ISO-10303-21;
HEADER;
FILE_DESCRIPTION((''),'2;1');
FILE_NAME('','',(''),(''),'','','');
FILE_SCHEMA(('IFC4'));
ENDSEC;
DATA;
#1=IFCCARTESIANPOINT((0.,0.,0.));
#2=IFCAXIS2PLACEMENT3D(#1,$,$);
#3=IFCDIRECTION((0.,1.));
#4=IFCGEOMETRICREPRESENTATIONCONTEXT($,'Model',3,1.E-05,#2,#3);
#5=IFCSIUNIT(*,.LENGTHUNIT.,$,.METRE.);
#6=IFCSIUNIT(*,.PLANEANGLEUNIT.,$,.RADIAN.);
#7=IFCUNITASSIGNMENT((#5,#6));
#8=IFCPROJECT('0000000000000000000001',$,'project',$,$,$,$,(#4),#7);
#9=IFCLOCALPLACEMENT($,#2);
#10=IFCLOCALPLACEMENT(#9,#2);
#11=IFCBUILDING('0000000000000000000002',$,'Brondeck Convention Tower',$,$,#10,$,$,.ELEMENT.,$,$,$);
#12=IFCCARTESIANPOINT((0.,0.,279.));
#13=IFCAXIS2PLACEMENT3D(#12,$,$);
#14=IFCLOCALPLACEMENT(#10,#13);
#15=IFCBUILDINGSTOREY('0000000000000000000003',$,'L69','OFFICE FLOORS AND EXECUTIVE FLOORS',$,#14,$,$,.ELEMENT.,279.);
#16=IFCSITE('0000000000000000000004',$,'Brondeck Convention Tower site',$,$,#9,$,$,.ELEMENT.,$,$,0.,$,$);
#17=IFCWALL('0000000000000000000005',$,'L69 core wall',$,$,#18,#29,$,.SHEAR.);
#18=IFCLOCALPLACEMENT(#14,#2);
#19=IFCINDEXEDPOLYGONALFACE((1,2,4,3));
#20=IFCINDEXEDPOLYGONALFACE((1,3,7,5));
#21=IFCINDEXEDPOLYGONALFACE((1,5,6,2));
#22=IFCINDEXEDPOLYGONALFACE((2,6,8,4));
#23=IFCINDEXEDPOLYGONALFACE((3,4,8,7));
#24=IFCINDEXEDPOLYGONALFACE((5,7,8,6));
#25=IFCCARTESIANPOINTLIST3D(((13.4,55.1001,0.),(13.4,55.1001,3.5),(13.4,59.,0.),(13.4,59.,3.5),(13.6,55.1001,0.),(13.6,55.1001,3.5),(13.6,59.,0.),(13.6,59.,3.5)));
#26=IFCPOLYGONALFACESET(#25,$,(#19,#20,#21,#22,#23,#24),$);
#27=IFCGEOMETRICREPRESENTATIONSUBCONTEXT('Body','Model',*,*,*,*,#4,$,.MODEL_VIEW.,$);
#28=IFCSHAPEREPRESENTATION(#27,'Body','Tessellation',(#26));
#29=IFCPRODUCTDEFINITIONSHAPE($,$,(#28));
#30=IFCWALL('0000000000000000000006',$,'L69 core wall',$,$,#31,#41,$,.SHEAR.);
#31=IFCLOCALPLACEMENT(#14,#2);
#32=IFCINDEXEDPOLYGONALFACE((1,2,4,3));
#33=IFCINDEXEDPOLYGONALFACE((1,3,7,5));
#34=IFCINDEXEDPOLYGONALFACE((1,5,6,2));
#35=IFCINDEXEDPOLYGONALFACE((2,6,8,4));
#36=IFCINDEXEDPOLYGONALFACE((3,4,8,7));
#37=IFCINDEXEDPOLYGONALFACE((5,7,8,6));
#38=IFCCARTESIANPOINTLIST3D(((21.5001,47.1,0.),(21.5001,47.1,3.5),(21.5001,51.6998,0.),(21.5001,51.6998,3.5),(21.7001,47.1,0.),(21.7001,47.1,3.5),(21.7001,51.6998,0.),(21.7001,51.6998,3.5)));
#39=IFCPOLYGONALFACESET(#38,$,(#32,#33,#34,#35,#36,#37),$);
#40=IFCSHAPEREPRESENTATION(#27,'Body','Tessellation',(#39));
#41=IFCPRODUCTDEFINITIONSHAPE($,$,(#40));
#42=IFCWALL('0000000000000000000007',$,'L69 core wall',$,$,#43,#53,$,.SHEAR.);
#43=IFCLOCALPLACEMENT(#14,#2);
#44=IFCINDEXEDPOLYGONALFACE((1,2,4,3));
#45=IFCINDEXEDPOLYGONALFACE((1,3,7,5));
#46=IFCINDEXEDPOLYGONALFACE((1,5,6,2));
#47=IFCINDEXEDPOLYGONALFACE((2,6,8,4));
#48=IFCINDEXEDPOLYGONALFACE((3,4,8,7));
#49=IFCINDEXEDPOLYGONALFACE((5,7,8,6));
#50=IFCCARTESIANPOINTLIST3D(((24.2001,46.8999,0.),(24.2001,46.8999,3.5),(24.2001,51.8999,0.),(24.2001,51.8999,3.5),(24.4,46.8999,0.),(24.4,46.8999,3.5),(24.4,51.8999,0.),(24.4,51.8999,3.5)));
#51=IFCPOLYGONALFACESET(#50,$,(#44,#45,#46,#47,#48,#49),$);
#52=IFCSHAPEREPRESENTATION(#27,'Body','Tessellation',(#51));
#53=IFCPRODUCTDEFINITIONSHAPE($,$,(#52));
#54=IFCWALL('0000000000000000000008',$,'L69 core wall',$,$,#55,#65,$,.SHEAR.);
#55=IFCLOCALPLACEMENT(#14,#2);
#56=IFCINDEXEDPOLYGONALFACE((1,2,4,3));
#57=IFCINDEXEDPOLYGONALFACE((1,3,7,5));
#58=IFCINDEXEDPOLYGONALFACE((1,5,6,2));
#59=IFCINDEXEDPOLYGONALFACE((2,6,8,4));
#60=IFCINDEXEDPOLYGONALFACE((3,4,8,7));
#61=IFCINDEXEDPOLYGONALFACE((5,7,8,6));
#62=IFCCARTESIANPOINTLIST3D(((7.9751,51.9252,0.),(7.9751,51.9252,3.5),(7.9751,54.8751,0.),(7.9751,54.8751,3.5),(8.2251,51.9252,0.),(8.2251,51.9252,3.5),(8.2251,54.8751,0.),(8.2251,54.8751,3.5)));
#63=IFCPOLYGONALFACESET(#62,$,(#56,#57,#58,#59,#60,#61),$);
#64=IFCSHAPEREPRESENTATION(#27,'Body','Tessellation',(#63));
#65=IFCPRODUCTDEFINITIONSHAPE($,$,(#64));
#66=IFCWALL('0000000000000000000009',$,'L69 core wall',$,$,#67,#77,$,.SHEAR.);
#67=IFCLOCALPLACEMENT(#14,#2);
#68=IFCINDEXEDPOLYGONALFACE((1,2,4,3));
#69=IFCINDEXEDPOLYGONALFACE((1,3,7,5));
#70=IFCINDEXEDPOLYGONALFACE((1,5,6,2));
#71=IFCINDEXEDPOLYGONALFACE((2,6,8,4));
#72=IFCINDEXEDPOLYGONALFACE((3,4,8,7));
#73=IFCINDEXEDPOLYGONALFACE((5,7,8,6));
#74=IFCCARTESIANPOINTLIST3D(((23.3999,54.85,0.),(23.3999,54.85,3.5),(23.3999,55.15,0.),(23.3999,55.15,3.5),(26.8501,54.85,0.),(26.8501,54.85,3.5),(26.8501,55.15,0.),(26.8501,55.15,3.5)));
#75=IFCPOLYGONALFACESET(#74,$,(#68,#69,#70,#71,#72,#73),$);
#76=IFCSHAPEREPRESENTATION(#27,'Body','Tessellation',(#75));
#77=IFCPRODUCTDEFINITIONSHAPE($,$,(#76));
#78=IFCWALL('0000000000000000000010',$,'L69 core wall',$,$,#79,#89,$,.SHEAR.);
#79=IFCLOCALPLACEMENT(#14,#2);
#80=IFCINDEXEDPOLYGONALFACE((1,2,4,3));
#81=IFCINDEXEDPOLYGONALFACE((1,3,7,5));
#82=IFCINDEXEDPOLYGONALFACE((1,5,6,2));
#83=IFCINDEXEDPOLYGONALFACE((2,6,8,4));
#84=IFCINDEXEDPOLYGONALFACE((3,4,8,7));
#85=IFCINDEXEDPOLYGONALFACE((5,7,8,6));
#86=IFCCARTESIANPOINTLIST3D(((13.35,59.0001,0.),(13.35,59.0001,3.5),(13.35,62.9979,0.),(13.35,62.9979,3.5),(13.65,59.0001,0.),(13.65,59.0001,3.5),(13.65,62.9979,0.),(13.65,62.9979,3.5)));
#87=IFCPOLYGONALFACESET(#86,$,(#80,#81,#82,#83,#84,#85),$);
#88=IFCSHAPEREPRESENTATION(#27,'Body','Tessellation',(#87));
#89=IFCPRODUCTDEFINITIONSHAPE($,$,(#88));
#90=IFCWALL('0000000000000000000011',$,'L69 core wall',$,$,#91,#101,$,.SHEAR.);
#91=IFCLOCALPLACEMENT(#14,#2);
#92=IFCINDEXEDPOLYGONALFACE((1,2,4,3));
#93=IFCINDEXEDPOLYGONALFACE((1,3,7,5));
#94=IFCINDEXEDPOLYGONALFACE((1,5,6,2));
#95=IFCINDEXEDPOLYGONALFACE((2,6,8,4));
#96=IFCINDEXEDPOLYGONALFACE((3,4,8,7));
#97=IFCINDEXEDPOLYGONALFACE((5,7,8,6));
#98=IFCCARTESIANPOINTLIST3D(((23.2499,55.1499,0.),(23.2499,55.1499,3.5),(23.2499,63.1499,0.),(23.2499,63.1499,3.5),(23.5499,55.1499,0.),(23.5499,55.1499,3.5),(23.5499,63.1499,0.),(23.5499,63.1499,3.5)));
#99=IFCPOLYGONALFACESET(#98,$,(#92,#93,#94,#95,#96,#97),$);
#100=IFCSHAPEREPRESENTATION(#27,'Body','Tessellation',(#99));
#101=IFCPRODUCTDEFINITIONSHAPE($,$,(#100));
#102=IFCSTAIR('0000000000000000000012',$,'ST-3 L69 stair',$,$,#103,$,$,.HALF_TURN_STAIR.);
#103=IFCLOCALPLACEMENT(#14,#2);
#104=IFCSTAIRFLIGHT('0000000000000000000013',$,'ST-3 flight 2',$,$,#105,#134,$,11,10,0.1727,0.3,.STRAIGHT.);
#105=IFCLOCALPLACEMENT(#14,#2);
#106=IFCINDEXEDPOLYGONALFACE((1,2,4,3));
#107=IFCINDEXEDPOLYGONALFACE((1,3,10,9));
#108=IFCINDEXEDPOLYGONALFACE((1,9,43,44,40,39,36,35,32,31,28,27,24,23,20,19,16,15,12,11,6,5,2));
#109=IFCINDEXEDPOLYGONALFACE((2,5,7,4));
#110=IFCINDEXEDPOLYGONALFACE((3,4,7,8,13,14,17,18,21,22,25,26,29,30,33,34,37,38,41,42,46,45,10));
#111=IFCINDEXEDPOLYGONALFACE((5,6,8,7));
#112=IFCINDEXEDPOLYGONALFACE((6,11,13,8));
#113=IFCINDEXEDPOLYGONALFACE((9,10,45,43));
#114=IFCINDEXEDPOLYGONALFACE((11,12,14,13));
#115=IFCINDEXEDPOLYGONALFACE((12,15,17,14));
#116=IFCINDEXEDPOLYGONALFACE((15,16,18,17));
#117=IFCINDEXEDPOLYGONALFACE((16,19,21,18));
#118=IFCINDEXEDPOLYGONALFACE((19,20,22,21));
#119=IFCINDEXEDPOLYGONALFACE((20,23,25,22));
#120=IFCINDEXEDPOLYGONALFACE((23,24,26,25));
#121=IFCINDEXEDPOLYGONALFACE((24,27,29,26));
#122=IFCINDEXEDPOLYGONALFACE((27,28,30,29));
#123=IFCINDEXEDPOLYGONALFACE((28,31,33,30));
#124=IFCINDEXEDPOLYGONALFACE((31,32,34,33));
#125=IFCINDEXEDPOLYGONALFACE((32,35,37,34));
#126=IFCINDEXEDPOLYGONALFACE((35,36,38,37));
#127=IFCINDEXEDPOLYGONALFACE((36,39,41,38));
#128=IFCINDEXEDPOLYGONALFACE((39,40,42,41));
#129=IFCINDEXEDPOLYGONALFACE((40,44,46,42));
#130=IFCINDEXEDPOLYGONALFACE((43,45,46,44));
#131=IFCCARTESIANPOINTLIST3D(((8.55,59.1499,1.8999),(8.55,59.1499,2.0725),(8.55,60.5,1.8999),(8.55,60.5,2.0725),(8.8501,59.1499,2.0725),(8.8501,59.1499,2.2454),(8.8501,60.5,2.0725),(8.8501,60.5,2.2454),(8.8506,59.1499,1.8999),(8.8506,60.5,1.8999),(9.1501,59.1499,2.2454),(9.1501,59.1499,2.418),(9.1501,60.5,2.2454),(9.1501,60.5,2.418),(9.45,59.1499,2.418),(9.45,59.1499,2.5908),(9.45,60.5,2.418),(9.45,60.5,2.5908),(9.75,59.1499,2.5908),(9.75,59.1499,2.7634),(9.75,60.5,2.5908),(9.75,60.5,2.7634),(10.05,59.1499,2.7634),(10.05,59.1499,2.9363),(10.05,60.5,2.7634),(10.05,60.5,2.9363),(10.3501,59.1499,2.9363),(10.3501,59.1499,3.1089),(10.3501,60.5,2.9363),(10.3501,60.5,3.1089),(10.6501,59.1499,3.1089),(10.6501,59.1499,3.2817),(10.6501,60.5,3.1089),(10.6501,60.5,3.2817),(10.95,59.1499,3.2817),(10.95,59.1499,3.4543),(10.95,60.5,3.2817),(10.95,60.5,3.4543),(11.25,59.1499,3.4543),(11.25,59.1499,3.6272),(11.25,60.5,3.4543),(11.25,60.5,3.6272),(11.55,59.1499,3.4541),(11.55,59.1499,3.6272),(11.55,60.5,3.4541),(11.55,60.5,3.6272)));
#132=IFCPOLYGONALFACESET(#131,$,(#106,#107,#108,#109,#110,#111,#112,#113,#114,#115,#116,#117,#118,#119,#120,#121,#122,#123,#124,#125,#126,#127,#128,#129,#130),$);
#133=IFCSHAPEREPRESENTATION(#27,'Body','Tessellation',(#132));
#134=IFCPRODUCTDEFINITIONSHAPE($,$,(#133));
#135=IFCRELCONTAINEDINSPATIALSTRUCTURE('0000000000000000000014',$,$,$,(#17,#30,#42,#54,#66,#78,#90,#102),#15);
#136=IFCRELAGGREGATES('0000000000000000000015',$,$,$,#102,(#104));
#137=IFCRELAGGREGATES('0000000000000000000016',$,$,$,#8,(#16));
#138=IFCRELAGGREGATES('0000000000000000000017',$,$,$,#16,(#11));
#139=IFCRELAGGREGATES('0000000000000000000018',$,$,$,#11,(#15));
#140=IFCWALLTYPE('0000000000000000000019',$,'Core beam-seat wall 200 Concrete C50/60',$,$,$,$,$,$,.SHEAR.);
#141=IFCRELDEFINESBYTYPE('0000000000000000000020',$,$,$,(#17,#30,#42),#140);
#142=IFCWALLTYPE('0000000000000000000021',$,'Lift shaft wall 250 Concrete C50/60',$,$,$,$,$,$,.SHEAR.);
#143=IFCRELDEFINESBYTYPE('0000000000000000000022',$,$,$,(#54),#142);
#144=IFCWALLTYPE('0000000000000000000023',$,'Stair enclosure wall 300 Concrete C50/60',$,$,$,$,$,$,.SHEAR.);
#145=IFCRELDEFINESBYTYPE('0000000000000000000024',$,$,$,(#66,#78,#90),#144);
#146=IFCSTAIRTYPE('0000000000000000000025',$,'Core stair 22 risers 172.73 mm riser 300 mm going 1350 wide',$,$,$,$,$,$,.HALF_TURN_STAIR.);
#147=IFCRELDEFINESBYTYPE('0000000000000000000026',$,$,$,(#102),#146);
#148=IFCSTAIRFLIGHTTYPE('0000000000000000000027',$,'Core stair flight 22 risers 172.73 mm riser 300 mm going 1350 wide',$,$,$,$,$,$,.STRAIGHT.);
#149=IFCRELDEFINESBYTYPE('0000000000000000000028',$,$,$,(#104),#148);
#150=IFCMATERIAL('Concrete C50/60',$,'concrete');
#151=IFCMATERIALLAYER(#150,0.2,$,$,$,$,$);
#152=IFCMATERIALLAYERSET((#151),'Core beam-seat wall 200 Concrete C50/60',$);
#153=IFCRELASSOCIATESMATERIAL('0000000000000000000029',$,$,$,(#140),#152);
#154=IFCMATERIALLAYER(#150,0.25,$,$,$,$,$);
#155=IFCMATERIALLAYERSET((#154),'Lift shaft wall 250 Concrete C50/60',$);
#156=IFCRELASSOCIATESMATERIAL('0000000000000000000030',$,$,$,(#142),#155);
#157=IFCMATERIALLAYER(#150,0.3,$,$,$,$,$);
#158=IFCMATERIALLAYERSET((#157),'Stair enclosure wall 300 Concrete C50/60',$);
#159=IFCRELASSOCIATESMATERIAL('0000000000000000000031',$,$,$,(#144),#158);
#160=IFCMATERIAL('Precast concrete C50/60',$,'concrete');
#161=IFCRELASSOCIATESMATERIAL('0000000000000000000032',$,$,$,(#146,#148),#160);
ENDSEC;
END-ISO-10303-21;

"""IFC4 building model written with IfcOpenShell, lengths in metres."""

from ifc_helpers import new_model, si_unit, direction, frame, frame_2d, origin, place, context, subcontext, project, spatial, polyline, rectangle, outline, extrude, material, layer, layer_set, type_object, element, aggregate, save


model = new_model("IFC4")

# Units and contexts
model_context = context("Model", 3, precision=1e-05, world=origin(), true_north=direction((0.0, 1.0)))
body_context = subcontext(model_context, "Body", "Model", "MODEL_VIEW")
ifc_project = project(units=[si_unit("LENGTHUNIT", "METRE"), si_unit("PLANEANGLEUNIT", "RADIAN")], contexts=[model_context])

# Site, building, storey
site_placement = place(None, origin())
site = spatial("IfcSite", under=ifc_project, at=site_placement, Name="Brondeck Convention Tower site", CompositionType="ELEMENT", RefElevation=0.0)
building_placement = place(site_placement, origin())
building = spatial("IfcBuilding", under=site, at=building_placement, Name="Brondeck Convention Tower", CompositionType="ELEMENT")
storey_placement = place(building_placement, frame((0.0, 0.0, 279.0)))
storey = spatial("IfcBuildingStorey", under=building, at=storey_placement, Name="L69", Description="OFFICE FLOORS AND EXECUTIVE FLOORS", CompositionType="ELEMENT", Elevation=279.0)

# Shared definitions
ifc_material_1 = material(Name="Concrete C50/60", Category="concrete")

# Shared definitions
ifc_layer_1 = layer(ifc_material_1, 0.2)
ifc_layer_set_1 = layer_set([ifc_layer_1], Name="Core beam-seat wall 200 Concrete C50/60")
wall_type_1 = type_object("IfcWallType", Name="Core beam-seat wall 200 Concrete C50/60", PredefinedType="SHEAR", material=ifc_layer_set_1)

# Walls
wall_1_placement = place(storey_placement, frame((13.5, 55.1001, 0.0), z_axis=(0.0, 0.0, 1.0), x_axis=(0.0, 1.0, 0.0)))
element("IfcWall", 1, at=wall_1_placement, inside=storey, type_object=wall_type_1, Name="L69 core wall", PredefinedType="SHEAR", context=body_context, shape_type="SweptSolid", body=[
    extrude(rectangle(XDim=3.8999, YDim=0.2, at=frame_2d((1.95, 0.0))), origin(), (0.0, 0.0, 1.0), 3.5),
])
wall_2_placement = place(storey_placement, frame((21.6001, 47.1001, 0.0), z_axis=(0.0, 0.0, 1.0), x_axis=(0.0, 1.0, 0.0)))
element("IfcWall", 2, at=wall_2_placement, inside=storey, type_object=wall_type_1, Name="L69 core wall", PredefinedType="SHEAR", context=body_context, shape_type="SweptSolid", body=[
    extrude(rectangle(XDim=4.5999, YDim=0.2, at=frame_2d((2.2998, 0.0))), origin(), (0.0, 0.0, 1.0), 3.5),
])
wall_3_placement = place(storey_placement, frame((24.3, 46.8999, 0.0), z_axis=(0.0, 0.0, 1.0), x_axis=(0.0, 1.0, 0.0)))
element("IfcWall", 3, at=wall_3_placement, inside=storey, type_object=wall_type_1, Name="L69 core wall", PredefinedType="SHEAR", context=body_context, shape_type="SweptSolid", body=[
    extrude(rectangle(XDim=5.0, YDim=0.2, at=frame_2d((2.5, 0.0))), origin(), (0.0, 0.0, 1.0), 3.5),
])
ifc_layer_2 = layer(ifc_material_1, 0.25)
ifc_layer_set_2 = layer_set([ifc_layer_2], Name="Lift shaft wall 250 Concrete C50/60")
wall_type_2 = type_object("IfcWallType", Name="Lift shaft wall 250 Concrete C50/60", PredefinedType="SHEAR", material=ifc_layer_set_2)
wall_4_placement = place(storey_placement, frame((8.1001, 51.925, 0.0), z_axis=(0.0, 0.0, 1.0), x_axis=(0.0, 1.0, 0.0)))
element("IfcWall", 4, at=wall_4_placement, inside=storey, type_object=wall_type_2, Name="L69 core wall", PredefinedType="SHEAR", context=body_context, shape_type="SweptSolid", body=[
    extrude(rectangle(XDim=2.95, YDim=0.25, at=frame_2d((1.4751, 0.0))), origin(), (0.0, 0.0, 1.0), 3.5),
])
ifc_layer_3 = layer(ifc_material_1, 0.3)
ifc_layer_set_3 = layer_set([ifc_layer_3], Name="Stair enclosure wall 300 Concrete C50/60")
wall_type_3 = type_object("IfcWallType", Name="Stair enclosure wall 300 Concrete C50/60", PredefinedType="SHEAR", material=ifc_layer_set_3)
wall_5_placement = place(storey_placement, frame((23.3999, 55.0, 0.0), z_axis=(0.0, 0.0, 1.0), x_axis=(1.0, 0.0, 0.0)))
element("IfcWall", 5, at=wall_5_placement, inside=storey, type_object=wall_type_3, Name="L69 core wall", PredefinedType="SHEAR", context=body_context, shape_type="SweptSolid", body=[
    extrude(rectangle(XDim=3.4502, YDim=0.3, at=frame_2d((1.7251, 0.0))), origin(), (0.0, 0.0, 1.0), 3.5),
])
wall_6_placement = place(storey_placement, frame((13.5, 59.0, 0.0), z_axis=(0.0, 0.0, 1.0), x_axis=(0.0, 1.0, 0.0)))
element("IfcWall", 6, at=wall_6_placement, inside=storey, type_object=wall_type_3, Name="L69 core wall", PredefinedType="SHEAR", context=body_context, shape_type="SweptSolid", body=[
    extrude(rectangle(XDim=3.9978, YDim=0.3, at=frame_2d((1.999, 0.0))), origin(), (0.0, 0.0, 1.0), 3.5),
])
wall_7_placement = place(storey_placement, frame((23.3999, 55.1499, 0.0), z_axis=(0.0, 0.0, 1.0), x_axis=(0.0, 1.0, 0.0)))
element("IfcWall", 7, at=wall_7_placement, inside=storey, type_object=wall_type_3, Name="L69 core wall", PredefinedType="SHEAR", context=body_context, shape_type="SweptSolid", body=[
    extrude(rectangle(XDim=8.0, YDim=0.3, at=frame_2d((4.0, 0.0))), origin(), (0.0, 0.0, 1.0), 3.5),
])

# Stair, stair flight
ifc_material_2 = material(Name="Precast concrete C50/60", Category="concrete")
stair_type = type_object("IfcStairType", Name="Core stair 22 risers 172.73 mm riser 300 mm going 1350 wide", PredefinedType="HALF_TURN_STAIR", material=ifc_material_2)
stair_placement = place(storey_placement, origin())
stair = element("IfcStair", 8, at=stair_placement, inside=storey, type_object=stair_type, Name="ST-3 L69 stair", PredefinedType="HALF_TURN_STAIR")
stair_flight_type = type_object("IfcStairFlightType", Name="Core stair flight 22 risers 172.73 mm riser 300 mm going 1350 wide", PredefinedType="STRAIGHT", material=ifc_material_2)
stair_flight_placement = place(storey_placement, frame((8.55, 59.825, 1.8999), z_axis=(0.0, 0.0, 1.0), x_axis=(1.0, 0.0, 0.0)))
stair_flight = element("IfcStairFlight", 9, at=stair_flight_placement, type_object=stair_flight_type, Name="ST-3 flight 2", NumberOfRisers=11, NumberOfTreads=10, PredefinedType="STRAIGHT", RiserHeight=0.1727, TreadLength=0.3, context=body_context, shape_type="SweptSolid", body=[
    extrude(outline(polyline([(0.0, 0.0), (0.0, 0.1726), (0.3, 0.1726), (0.3, 0.3455), (0.6001, 0.3455), (0.6001, 0.5181), (0.8999, 0.5181), (0.8999, 0.6909), (1.2, 0.6909), (1.2, 0.8635), (1.5, 0.8635), (1.5, 1.0364), (1.8, 1.0364), (1.8, 1.209), (2.1001, 1.209), (2.1001, 1.3818), (2.3999, 1.3818), (2.3999, 1.5544), (2.7, 1.5544), (2.7, 1.7273), (3.0, 1.7273), (3.0, 1.8999), (3.0, 1.5542), (0.3005, 0.0), (0.0, 0.0)])), frame((0.0, 0.675, 0.0), z_axis=(0.0, -1.0, 0.0), x_axis=(1.0, 0.0, 0.0)), (0.0, 0.0, 1.0), 1.3501),
])
aggregate(stair, [stair_flight])

save(model, "model.ifc")
